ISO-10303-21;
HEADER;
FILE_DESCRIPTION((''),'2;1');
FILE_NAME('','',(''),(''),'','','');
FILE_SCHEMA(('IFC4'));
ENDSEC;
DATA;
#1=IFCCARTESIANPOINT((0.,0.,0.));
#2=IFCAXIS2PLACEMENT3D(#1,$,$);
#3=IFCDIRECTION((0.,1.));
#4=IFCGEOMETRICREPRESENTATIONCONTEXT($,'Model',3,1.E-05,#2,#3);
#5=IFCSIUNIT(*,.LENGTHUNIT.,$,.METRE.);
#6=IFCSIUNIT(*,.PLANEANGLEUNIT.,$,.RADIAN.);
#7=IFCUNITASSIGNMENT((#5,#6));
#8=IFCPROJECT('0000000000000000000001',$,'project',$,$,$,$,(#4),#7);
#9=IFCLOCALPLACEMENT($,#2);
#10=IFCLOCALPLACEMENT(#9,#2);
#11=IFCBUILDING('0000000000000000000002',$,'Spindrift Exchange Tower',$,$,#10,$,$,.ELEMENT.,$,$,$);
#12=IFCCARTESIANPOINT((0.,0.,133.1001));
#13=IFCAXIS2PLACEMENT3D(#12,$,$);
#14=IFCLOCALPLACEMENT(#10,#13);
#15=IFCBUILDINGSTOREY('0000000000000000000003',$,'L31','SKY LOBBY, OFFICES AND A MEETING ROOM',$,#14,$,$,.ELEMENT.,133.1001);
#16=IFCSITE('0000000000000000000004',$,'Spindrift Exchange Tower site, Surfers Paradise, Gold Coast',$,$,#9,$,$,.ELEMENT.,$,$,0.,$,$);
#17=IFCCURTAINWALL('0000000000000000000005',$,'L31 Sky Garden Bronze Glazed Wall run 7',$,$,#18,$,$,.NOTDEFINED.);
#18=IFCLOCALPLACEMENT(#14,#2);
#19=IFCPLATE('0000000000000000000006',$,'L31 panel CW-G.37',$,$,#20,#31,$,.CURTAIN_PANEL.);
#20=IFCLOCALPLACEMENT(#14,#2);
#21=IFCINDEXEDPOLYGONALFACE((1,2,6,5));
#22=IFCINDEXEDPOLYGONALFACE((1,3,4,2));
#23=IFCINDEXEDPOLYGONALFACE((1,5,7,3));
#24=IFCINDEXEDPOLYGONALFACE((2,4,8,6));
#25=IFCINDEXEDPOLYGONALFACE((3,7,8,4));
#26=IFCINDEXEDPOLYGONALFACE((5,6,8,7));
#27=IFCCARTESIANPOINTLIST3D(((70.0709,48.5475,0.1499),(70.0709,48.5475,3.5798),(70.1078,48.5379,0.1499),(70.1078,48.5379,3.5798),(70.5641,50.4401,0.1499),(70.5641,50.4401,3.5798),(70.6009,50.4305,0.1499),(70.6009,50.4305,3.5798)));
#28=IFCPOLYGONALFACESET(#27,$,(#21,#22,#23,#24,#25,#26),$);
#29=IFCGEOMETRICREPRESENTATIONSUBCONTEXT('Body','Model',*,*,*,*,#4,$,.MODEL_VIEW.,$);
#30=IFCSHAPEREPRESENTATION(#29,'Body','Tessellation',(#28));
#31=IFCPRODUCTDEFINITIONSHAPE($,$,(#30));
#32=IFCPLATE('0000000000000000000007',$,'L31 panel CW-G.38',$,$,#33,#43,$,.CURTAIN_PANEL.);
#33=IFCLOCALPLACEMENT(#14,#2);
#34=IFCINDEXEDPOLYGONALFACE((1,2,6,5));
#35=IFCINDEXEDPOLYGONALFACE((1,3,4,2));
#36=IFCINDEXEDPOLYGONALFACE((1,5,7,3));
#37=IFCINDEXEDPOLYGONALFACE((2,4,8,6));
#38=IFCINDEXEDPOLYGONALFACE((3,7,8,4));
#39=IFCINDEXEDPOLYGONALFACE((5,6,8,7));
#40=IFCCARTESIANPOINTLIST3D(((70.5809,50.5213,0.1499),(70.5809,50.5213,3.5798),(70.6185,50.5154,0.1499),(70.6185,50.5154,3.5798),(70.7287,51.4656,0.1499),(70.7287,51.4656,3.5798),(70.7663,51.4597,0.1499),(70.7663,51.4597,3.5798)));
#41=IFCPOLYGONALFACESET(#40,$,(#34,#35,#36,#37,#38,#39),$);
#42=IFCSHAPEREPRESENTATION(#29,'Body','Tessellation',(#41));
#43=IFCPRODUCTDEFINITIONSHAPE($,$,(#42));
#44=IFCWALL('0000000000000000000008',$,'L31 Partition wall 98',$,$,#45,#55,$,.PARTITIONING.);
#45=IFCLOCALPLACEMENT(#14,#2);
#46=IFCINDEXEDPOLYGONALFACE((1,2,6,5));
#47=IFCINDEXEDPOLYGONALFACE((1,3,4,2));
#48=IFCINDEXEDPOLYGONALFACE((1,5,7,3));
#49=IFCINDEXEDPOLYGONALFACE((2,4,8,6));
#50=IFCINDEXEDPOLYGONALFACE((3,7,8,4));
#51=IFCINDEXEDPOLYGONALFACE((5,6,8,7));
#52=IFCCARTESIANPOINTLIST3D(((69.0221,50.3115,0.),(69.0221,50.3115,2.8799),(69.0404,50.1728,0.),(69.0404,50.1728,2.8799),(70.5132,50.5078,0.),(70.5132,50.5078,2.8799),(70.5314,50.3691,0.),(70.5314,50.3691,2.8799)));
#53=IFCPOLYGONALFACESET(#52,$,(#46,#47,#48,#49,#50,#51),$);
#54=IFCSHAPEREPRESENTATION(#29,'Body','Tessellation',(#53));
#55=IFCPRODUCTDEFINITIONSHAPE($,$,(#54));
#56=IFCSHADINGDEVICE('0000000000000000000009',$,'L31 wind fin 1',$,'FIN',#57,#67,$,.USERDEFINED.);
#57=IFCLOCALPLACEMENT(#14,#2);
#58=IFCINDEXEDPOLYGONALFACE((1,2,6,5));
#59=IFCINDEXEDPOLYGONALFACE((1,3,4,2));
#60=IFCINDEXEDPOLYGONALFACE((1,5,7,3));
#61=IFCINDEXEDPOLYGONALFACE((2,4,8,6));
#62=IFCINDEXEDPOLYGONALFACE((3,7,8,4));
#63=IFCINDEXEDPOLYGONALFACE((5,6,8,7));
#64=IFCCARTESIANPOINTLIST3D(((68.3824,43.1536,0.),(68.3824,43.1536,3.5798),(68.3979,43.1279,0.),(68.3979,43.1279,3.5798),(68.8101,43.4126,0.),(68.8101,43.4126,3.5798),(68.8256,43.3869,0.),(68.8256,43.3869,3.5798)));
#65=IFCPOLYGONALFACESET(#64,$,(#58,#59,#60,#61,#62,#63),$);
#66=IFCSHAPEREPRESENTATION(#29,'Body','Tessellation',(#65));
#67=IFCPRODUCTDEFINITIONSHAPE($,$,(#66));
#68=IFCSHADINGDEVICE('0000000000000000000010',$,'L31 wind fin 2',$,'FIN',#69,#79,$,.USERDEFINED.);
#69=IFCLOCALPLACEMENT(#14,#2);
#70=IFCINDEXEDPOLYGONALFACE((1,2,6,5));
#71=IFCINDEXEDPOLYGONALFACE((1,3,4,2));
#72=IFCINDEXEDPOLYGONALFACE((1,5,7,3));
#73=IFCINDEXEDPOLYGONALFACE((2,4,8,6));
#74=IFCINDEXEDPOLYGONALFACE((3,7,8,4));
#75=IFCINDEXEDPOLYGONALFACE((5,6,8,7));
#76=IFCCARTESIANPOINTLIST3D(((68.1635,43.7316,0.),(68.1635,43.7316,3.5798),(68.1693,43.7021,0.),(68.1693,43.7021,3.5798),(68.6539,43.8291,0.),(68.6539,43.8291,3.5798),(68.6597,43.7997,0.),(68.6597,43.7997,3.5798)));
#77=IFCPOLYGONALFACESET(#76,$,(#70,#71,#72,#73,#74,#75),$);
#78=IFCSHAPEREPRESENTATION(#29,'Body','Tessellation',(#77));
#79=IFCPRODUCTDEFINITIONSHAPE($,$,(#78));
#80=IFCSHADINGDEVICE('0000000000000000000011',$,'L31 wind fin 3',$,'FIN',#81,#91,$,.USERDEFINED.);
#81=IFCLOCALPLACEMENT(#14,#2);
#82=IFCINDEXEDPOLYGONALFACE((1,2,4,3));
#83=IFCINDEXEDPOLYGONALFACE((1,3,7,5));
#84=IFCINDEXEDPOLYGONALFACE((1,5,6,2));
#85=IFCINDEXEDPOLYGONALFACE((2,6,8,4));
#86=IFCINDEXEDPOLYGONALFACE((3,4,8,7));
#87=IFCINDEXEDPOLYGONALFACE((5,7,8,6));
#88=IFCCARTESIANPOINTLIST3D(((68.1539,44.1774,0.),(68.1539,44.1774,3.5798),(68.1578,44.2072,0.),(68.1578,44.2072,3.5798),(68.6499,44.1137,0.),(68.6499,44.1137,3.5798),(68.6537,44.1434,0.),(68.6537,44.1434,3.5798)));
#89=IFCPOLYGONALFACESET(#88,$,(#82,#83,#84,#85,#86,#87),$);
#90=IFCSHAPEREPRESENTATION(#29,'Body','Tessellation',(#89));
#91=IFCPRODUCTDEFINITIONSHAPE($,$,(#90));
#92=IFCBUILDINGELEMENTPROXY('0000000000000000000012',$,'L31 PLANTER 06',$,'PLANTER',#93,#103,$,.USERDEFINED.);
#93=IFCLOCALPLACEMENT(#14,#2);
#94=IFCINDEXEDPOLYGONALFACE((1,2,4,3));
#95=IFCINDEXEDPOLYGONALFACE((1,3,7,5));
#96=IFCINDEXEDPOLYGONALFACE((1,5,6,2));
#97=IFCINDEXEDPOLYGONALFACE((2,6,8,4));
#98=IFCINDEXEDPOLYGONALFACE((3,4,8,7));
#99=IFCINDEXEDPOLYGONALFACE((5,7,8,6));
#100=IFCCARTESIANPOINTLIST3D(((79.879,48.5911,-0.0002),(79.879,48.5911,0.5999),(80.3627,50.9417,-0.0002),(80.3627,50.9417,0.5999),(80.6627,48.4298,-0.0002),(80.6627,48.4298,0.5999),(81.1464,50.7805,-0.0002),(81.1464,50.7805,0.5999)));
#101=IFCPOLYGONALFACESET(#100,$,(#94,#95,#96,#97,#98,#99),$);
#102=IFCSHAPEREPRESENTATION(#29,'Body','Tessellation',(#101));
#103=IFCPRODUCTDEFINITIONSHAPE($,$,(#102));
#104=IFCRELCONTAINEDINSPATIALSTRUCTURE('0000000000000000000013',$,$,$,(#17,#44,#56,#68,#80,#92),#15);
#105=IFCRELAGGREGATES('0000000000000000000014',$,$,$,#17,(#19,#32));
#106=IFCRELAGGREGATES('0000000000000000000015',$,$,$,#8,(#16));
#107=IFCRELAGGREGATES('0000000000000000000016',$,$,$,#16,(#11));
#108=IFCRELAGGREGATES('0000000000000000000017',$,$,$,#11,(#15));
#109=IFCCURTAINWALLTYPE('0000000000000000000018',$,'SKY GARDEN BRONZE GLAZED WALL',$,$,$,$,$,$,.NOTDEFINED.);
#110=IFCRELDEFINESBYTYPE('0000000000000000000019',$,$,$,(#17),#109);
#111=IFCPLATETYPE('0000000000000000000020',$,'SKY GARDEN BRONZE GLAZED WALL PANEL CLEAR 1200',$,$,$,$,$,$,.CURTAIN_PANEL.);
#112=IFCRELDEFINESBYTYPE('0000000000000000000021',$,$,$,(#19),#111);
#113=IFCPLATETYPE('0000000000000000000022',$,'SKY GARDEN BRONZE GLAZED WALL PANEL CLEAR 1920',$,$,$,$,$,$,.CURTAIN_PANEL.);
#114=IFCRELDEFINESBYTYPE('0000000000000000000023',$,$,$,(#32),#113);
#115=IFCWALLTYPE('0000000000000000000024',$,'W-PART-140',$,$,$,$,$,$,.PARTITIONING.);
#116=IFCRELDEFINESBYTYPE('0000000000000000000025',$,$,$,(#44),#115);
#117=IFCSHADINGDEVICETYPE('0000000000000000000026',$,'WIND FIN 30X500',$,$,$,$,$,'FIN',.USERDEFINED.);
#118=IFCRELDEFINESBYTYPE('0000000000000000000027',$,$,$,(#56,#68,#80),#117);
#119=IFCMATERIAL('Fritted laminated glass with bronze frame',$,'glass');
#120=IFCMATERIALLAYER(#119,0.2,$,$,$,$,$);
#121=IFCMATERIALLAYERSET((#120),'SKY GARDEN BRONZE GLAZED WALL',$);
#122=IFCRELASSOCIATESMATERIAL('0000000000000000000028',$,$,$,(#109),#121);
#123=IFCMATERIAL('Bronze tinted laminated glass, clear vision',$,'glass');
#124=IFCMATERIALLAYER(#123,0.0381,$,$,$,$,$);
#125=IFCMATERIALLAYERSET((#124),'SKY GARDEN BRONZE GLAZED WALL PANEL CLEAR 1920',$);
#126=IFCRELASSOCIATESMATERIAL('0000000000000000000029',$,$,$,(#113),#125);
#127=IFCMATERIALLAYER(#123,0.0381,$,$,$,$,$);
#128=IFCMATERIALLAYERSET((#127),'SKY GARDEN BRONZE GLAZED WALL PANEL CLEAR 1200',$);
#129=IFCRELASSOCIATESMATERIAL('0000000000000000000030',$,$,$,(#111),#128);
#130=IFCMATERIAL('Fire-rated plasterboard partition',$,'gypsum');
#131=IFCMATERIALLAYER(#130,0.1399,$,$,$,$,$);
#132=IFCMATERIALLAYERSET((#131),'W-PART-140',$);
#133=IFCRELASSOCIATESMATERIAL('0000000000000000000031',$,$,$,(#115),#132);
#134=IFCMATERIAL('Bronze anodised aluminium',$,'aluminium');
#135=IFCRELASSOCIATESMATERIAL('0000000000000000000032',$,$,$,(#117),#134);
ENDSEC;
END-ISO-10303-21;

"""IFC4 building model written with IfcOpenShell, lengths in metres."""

from ifc_helpers import new_model, si_unit, direction, frame, frame_2d, origin, origin_2d, place, context, subcontext, project, spatial, rectangle, extrude, source, transform, mapped, material, layer, layer_set, material_profile, profile_set, type_object, element, aggregate, save


model = new_model("IFC4")

# Units and contexts
model_context = context("Model", 3, precision=1e-05, world=origin(), true_north=direction((0.0, 1.0)))
body_context = subcontext(model_context, "Body", "Model", "MODEL_VIEW")
ifc_project = project(units=[si_unit("LENGTHUNIT", "METRE"), si_unit("PLANEANGLEUNIT", "RADIAN")], contexts=[model_context])

# Site, building, storey
site_placement = place(None, origin())
site = spatial("IfcSite", under=ifc_project, at=site_placement, Name="Spindrift Exchange Tower site, Surfers Paradise, Gold Coast", CompositionType="ELEMENT", RefElevation=0.0)
building_placement = place(site_placement, origin())
building = spatial("IfcBuilding", under=site, at=building_placement, Name="Spindrift Exchange Tower", CompositionType="ELEMENT")
storey_placement = place(building_placement, frame((0.0, 0.0, 133.1001)))
storey = spatial("IfcBuildingStorey", under=building, at=storey_placement, Name="L31", Description="SKY LOBBY, OFFICES AND A MEETING ROOM", CompositionType="ELEMENT", Elevation=133.1001)

# Curtain wall
ifc_material_1 = material(Name="Fritted laminated glass with bronze frame", Category="glass")
ifc_layer_1 = layer(ifc_material_1, 0.2)
ifc_layer_set_1 = layer_set([ifc_layer_1], Name="SKY GARDEN BRONZE GLAZED WALL")
curtain_wall_type = type_object("IfcCurtainWallType", Name="SKY GARDEN BRONZE GLAZED WALL", PredefinedType="NOTDEFINED", material=ifc_layer_set_1)
ifc_material_2 = material(Name="Bronze anodised aluminium", Category="aluminium")
curtain_wall_1_placement = place(storey_placement, origin())
curtain_wall_1 = element("IfcCurtainWall", 1, at=curtain_wall_1_placement, inside=storey, type_object=curtain_wall_type, Name="L31 Sky Garden Bronze Glazed Wall run 7", PredefinedType="NOTDEFINED")

# Plates
ifc_material_3 = material(Name="Bronze tinted laminated glass, clear vision", Category="glass")
ifc_layer_2 = layer(ifc_material_3, 0.0381)
ifc_layer_set_2 = layer_set([ifc_layer_2], Name="SKY GARDEN BRONZE GLAZED WALL PANEL CLEAR 1920")
plate_type_1 = type_object("IfcPlateType", Name="SKY GARDEN BRONZE GLAZED WALL PANEL CLEAR 1920", PredefinedType="CURTAIN_PANEL", material=ifc_layer_set_2)
ifc_layer_3 = layer(ifc_material_3, 0.0381)
ifc_layer_set_3 = layer_set([ifc_layer_3], Name="SKY GARDEN BRONZE GLAZED WALL PANEL CLEAR 1200")
plate_type_2 = type_object("IfcPlateType", Name="SKY GARDEN BRONZE GLAZED WALL PANEL CLEAR 1200", PredefinedType="CURTAIN_PANEL", material=ifc_layer_set_3)
shared_shape_1 = source(origin(), body_context, "Body", "SweptSolid", [
    extrude(rectangle(XDim=1.9558, YDim=0.0381, at=origin_2d()), origin(), (0.0, 0.0, 1.0), 3.4299),
])
plate_1_placement = place(storey_placement, frame((70.3359, 49.489, 0.1499), z_axis=(0.0, 0.0, 1.0), x_axis=(0.252139, 0.967691, 0.0)))
plate_1 = element("IfcPlate", 2, at=plate_1_placement, type_object=plate_type_2, Name="L31 panel CW-G.37", PredefinedType="CURTAIN_PANEL", context=body_context, shape_type="MappedRepresentation", body=[
    mapped(shared_shape_1, transform((0.0, 0.0, 0.0), scale=1.0)),
])
shared_shape_2 = source(origin(), body_context, "Body", "SweptSolid", [
    extrude(rectangle(XDim=0.9558, YDim=0.0381, at=origin_2d()), origin(), (0.0, 0.0, 1.0), 3.4299),
])
plate_2_placement = place(storey_placement, frame((70.6736, 50.9905, 0.1499), z_axis=(0.0, 0.0, 1.0), x_axis=(0.154605, 0.987976, 0.0)))
plate_2 = element("IfcPlate", 3, at=plate_2_placement, type_object=plate_type_1, Name="L31 panel CW-G.38", PredefinedType="CURTAIN_PANEL", context=body_context, shape_type="MappedRepresentation", body=[
    mapped(shared_shape_2, transform((0.0, 0.0, 0.0), scale=1.0)),
])
aggregate(curtain_wall_1, [plate_1, plate_2])

# Wall
ifc_material_4 = material(Name="Fire-rated plasterboard partition", Category="gypsum")
ifc_layer_4 = layer(ifc_material_4, 0.1399)
ifc_layer_set_4 = layer_set([ifc_layer_4], Name="W-PART-140")
wall_type = type_object("IfcWallType", Name="W-PART-140", PredefinedType="PARTITIONING", material=ifc_layer_set_4)
wall_placement = place(storey_placement, frame((69.0312, 50.2422, 0.0), z_axis=(0.0, 0.0, 1.0), x_axis=(0.991445, 0.130526, 0.0)))
element("IfcWall", 4, at=wall_placement, inside=storey, type_object=wall_type, Name="L31 Partition wall 98", PredefinedType="PARTITIONING", context=body_context, shape_type="SweptSolid", body=[
    extrude(rectangle(XDim=1.5039, YDim=0.1399, at=frame_2d((0.752, 0.0))), origin(), (0.0, 0.0, 1.0), 2.8799),
])

# Shading devices
ifc_material_profile_1 = material_profile(ifc_material_2, rectangle(XDim=0.03, YDim=0.5, at=origin_2d()), Name="WIND FIN 30X500")
ifc_profile_set_1 = profile_set([ifc_material_profile_1], Name="Bronze anodised aluminium")
shading_device_type = type_object("IfcShadingDeviceType", Name="WIND FIN 30X500", ElementType="FIN", PredefinedType="USERDEFINED", material=ifc_profile_set_1)
shared_shape_3 = source(origin(), body_context, "Body", "SweptSolid", [
    extrude(rectangle(XDim=0.03, YDim=0.5, at=origin_2d()), origin(), (0.0, 0.0, 1.0), 3.5798),
])
for number, where, z_axis, x_axis, name in (
    (5, (68.604, 43.2703, 0.0), (0.0, 0.0, 1.0), (-0.517978, 0.855394, 0.0), "L31 wind fin 1"),
    (6, (68.4116, 43.7656, 0.0), (0.0, 0.0, 1.0), (-0.195013, 0.980801, 0.0), "L31 wind fin 2"),
    (7, (68.4038, 44.1604, 0.0), (0.0, 0.0, 1.0), (0.12743, 0.991848, 0.0), "L31 wind fin 3"),
):
    element("IfcShadingDevice", number, at=place(storey_placement, frame(where, z_axis=z_axis, x_axis=x_axis)), inside=storey, type_object=shading_device_type, Name=name, ObjectType="FIN", PredefinedType="USERDEFINED", context=body_context, shape_type="MappedRepresentation", body=[
        mapped(shared_shape_3, transform((0.0, 0.0, 0.0), scale=1.0)),
    ])

# Building element proxy
shared_shape_4 = source(origin(), body_context, "Body", "SweptSolid", [
    extrude(rectangle(XDim=2.3999, YDim=0.8, at=origin_2d()), origin(), (0.0, 0.0, 1.0), 0.6001),
])
proxy_placement = place(storey_placement, frame((80.5127, 49.6858, -0.0002), z_axis=(0.0, 0.0, 1.0), x_axis=(-0.201548, -0.979479, 0.0)))
element("IfcBuildingElementProxy", 8, at=proxy_placement, inside=storey, Name="L31 PLANTER 06", ObjectType="PLANTER", PredefinedType="USERDEFINED", context=body_context, shape_type="MappedRepresentation", body=[
    mapped(shared_shape_4, transform((0.0, 0.0, 0.0), scale=1.0)),
])

save(model, "model.ifc")
